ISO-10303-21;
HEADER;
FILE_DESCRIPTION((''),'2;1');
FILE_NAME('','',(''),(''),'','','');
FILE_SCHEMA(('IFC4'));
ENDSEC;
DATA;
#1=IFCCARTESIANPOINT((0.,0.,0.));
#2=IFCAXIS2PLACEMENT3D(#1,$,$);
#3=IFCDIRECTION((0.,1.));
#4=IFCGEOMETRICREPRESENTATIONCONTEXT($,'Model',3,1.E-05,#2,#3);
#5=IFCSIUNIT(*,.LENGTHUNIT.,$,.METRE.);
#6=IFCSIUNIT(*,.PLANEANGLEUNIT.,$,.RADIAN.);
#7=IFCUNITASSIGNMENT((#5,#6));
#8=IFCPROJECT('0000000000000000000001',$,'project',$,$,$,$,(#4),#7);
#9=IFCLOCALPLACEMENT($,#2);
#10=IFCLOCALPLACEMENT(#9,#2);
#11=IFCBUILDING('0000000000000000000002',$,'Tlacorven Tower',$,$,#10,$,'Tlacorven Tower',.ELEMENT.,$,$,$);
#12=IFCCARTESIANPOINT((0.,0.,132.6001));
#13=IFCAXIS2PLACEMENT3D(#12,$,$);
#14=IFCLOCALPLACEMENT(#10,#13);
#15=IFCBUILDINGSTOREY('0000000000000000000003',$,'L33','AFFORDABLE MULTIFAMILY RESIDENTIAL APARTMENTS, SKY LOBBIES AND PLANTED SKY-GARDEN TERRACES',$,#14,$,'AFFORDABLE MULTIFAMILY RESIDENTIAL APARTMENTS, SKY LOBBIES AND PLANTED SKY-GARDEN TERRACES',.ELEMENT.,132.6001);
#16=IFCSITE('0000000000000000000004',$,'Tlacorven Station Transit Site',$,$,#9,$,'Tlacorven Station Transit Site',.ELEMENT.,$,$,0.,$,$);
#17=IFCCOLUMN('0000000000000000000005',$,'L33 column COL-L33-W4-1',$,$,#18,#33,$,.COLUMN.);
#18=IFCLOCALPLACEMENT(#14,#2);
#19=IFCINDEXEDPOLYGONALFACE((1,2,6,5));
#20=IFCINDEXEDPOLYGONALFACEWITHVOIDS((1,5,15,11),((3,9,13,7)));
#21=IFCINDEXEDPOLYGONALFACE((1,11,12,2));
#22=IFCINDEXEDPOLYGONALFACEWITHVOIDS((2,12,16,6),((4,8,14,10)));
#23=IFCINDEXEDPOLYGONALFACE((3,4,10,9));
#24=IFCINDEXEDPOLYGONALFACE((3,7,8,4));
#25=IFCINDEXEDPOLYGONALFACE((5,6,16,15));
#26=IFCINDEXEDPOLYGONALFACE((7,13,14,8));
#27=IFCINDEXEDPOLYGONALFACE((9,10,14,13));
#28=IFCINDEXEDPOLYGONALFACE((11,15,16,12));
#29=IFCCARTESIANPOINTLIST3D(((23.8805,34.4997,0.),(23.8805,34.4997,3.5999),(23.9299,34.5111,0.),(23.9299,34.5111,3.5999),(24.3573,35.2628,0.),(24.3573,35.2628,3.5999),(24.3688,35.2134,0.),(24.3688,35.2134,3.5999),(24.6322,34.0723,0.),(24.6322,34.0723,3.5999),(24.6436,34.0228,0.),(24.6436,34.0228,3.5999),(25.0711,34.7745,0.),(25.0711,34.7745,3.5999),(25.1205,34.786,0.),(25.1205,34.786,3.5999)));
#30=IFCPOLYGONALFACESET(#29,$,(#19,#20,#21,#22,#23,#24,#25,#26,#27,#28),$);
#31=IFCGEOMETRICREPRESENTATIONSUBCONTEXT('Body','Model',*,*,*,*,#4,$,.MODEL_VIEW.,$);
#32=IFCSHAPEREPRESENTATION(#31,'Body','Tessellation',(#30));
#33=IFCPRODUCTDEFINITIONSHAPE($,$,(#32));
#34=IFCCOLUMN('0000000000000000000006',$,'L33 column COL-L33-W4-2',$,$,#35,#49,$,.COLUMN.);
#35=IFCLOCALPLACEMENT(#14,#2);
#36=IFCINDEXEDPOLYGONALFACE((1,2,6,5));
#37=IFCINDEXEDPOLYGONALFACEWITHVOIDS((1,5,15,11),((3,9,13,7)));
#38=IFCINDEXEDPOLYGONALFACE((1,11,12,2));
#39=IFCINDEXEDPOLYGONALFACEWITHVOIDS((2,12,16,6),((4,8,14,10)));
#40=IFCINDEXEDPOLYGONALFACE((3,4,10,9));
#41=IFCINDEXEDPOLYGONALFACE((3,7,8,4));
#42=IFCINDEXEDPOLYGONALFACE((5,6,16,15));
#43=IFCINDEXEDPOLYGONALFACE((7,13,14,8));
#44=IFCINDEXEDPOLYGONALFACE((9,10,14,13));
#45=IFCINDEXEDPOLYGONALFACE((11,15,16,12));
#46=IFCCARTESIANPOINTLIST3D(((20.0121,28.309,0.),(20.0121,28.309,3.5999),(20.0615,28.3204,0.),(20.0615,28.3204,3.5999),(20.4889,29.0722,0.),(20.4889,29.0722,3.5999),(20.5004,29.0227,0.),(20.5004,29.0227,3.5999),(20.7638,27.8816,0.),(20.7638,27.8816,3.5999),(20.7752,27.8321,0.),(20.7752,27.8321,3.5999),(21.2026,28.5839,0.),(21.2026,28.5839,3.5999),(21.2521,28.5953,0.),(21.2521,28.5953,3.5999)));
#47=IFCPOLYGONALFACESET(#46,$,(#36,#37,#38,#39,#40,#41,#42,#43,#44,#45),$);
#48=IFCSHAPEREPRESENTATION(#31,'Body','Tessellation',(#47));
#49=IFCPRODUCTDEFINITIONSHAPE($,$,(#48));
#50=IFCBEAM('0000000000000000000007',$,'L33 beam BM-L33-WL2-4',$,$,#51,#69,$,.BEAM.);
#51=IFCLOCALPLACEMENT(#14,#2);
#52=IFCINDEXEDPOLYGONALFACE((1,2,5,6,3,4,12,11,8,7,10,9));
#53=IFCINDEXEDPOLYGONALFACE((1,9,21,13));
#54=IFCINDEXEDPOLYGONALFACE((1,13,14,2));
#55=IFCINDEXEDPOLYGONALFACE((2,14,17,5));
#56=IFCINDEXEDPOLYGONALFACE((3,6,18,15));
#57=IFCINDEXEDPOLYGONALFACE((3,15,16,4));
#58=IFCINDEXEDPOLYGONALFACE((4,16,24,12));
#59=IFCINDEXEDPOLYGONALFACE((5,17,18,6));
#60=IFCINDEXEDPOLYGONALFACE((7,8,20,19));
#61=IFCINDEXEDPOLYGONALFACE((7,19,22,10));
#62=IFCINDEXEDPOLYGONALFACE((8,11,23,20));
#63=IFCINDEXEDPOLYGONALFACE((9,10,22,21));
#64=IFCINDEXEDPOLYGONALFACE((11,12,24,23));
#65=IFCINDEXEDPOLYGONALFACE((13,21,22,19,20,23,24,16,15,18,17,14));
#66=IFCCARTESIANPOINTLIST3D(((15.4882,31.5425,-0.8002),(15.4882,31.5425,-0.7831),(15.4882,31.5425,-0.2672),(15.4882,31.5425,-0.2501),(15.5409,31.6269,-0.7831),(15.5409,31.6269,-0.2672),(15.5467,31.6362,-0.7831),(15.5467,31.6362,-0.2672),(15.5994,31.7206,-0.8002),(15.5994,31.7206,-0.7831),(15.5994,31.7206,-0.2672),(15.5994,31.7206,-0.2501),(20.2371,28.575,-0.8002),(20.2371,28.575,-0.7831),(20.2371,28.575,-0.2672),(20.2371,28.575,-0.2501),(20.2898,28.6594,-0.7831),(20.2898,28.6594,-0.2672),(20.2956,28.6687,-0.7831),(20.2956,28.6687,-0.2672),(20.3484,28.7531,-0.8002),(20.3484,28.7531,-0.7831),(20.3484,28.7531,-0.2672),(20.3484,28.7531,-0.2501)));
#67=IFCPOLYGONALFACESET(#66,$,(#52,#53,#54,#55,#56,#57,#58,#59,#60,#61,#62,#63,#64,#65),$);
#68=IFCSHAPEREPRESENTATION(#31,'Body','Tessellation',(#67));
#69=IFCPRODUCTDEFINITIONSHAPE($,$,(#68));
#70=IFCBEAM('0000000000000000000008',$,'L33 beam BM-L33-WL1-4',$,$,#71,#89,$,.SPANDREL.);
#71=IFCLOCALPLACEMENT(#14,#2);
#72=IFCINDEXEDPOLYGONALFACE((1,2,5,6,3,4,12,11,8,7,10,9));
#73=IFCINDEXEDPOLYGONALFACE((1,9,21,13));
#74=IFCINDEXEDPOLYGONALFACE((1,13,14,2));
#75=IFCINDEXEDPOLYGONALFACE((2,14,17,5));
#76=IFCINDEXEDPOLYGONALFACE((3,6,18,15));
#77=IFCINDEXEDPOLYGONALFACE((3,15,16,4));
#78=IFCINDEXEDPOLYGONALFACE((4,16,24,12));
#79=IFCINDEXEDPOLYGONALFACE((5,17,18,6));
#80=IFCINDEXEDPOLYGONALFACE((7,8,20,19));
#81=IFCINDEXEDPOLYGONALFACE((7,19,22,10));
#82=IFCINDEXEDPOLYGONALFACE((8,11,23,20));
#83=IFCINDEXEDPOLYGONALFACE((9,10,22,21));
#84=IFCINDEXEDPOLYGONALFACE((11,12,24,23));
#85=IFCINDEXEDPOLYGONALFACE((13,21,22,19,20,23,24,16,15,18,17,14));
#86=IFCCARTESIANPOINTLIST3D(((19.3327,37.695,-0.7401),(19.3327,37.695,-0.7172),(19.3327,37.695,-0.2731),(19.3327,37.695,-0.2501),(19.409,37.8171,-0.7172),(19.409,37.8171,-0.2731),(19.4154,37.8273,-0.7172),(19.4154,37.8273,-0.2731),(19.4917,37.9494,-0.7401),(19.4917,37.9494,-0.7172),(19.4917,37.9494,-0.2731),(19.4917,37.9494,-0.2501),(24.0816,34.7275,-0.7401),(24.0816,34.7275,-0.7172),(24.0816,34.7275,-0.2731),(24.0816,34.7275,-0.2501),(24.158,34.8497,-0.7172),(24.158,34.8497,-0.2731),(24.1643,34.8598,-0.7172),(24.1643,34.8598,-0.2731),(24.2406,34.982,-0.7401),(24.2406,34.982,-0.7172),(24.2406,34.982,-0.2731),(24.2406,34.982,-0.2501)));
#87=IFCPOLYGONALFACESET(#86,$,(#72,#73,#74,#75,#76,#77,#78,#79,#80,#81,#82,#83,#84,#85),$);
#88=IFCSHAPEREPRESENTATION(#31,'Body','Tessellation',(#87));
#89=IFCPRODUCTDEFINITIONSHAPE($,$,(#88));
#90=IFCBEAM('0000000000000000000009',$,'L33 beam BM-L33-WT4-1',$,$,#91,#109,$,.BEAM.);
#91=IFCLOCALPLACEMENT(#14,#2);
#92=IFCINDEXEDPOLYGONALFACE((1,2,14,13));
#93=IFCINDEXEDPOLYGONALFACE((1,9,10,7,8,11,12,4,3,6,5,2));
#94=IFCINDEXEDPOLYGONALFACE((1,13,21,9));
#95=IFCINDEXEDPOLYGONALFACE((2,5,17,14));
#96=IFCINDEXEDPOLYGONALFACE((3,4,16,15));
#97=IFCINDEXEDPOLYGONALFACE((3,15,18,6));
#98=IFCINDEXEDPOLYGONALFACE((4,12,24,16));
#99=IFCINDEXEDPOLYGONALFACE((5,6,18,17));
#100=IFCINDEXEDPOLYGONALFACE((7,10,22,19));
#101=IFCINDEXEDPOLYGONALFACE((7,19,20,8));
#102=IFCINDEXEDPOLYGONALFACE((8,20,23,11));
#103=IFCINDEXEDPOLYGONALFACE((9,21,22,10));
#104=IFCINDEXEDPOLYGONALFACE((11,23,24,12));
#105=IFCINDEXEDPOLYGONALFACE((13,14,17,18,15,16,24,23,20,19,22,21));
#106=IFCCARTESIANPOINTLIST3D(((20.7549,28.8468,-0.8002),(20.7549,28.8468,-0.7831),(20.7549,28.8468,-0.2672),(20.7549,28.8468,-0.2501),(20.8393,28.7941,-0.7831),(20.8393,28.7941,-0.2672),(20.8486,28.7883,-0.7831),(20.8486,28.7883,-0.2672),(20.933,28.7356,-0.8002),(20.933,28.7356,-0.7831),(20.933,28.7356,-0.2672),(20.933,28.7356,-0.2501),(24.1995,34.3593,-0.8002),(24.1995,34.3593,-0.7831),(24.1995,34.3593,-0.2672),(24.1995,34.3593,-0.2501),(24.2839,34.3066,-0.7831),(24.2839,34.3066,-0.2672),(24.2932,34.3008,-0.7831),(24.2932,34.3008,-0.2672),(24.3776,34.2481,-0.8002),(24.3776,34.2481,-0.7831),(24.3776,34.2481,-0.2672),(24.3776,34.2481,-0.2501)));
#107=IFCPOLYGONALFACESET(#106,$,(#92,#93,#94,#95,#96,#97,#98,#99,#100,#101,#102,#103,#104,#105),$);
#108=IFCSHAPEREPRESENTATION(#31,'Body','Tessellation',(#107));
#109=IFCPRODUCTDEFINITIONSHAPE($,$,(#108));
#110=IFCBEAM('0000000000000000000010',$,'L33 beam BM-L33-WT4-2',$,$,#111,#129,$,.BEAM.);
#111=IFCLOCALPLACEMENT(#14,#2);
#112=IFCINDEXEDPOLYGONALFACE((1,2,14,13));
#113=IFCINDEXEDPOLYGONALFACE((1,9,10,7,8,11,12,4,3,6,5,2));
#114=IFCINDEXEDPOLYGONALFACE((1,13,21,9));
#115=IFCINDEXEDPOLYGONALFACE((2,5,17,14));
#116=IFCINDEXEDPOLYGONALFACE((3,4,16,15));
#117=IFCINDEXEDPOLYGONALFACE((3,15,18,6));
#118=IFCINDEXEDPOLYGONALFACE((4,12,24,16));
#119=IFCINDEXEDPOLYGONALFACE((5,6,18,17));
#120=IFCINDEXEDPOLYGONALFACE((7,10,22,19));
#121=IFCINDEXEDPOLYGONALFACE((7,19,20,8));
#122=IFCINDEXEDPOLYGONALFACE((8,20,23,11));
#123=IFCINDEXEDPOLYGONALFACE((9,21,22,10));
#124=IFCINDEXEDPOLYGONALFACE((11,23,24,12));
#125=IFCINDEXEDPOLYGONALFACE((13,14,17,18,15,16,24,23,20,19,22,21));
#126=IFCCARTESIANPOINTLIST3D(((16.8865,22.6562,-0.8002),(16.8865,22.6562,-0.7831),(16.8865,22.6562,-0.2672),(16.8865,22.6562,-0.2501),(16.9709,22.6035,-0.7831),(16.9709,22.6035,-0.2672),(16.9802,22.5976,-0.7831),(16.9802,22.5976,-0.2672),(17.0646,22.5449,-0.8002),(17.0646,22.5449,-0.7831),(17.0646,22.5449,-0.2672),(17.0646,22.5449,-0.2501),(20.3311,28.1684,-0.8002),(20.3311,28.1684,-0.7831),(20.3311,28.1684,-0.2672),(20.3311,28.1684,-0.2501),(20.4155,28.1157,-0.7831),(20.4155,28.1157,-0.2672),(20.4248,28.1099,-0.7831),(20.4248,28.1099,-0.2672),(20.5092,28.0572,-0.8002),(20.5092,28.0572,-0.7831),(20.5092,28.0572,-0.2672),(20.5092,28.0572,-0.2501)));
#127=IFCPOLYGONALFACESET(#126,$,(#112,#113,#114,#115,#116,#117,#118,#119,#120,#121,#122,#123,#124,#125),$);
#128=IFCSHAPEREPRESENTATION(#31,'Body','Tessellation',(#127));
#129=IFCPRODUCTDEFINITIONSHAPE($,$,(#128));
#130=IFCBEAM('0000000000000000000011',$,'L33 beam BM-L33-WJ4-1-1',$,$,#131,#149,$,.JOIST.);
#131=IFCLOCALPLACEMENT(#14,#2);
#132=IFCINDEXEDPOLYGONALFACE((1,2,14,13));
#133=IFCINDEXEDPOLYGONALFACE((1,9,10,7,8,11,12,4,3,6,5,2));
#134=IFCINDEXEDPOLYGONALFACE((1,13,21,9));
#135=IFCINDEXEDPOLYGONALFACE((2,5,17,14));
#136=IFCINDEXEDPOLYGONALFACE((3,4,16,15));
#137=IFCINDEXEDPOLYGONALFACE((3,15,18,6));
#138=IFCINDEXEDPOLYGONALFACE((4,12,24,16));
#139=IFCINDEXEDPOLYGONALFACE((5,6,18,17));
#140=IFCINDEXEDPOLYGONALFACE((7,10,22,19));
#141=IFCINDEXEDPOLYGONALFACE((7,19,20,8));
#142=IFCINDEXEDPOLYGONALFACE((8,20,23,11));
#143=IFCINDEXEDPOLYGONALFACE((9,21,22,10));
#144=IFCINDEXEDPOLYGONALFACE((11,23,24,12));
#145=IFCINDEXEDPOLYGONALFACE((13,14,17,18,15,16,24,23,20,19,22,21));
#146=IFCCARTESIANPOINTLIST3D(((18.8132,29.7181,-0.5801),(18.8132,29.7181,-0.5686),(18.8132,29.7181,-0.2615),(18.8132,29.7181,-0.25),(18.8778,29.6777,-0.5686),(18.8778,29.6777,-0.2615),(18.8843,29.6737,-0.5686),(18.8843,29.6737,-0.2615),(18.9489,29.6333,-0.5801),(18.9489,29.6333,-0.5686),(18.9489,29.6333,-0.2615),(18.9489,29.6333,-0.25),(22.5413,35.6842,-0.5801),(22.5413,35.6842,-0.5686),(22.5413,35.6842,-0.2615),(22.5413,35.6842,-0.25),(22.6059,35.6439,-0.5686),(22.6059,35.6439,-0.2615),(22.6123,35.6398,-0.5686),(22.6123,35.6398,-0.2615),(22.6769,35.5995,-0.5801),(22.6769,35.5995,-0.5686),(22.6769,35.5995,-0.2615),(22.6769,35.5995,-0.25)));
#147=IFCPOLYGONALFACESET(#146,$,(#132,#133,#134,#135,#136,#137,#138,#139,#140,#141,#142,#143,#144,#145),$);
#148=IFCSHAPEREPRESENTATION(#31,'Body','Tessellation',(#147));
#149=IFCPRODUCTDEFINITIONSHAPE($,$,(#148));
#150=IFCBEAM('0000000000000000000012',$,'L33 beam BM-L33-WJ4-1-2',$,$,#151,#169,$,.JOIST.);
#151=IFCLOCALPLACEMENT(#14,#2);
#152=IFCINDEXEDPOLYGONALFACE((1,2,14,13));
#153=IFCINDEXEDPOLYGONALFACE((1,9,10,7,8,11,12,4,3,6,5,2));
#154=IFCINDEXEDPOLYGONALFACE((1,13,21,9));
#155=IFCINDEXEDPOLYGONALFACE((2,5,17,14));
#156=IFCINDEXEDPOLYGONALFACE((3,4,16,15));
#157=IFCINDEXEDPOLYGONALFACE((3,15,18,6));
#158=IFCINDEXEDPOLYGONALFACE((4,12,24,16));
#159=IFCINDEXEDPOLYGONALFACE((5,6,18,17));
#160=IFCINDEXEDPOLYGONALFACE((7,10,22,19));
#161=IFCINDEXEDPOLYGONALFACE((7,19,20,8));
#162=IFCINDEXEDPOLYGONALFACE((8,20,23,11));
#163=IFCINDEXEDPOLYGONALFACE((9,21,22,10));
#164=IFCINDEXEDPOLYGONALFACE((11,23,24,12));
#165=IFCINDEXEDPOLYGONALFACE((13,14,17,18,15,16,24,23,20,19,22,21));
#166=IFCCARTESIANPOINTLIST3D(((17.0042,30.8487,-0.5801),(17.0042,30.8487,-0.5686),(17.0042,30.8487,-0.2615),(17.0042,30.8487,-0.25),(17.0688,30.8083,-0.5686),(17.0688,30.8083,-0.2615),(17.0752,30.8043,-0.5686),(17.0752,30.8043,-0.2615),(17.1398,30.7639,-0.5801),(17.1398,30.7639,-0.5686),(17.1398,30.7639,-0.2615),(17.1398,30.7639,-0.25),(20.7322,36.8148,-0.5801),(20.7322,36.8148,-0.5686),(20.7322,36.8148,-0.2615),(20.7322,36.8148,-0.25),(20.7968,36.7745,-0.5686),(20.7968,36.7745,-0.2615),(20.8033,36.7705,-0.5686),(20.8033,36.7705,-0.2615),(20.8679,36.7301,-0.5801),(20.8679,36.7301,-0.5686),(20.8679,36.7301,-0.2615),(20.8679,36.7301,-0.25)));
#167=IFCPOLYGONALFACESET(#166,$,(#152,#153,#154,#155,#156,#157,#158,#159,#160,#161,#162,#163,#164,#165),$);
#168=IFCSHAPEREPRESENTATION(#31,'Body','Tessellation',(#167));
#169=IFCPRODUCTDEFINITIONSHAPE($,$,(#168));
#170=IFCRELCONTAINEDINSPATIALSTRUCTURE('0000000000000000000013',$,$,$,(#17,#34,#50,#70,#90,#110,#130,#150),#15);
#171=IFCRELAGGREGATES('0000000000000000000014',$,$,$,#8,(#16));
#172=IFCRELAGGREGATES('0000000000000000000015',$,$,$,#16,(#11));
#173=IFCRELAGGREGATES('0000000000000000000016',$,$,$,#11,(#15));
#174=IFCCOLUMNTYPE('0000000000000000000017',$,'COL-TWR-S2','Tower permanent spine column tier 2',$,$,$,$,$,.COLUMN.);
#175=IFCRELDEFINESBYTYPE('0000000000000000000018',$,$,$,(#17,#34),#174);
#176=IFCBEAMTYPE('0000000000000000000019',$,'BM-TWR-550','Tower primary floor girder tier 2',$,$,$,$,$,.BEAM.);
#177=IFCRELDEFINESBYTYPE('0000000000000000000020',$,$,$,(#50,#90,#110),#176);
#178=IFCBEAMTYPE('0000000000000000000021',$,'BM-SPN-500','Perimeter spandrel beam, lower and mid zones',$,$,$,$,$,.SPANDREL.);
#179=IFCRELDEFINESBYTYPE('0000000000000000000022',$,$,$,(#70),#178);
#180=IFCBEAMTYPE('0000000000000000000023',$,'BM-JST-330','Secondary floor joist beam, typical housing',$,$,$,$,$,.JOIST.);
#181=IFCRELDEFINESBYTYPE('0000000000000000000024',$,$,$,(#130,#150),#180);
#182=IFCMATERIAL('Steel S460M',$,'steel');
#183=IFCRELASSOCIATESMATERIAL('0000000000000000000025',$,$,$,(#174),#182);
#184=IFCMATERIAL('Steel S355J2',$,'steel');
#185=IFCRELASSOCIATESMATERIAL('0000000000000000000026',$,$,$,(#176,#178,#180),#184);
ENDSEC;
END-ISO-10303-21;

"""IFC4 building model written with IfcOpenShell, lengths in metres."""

from ifc_helpers import new_model, si_unit, direction, frame, origin, origin_2d, place, context, subcontext, project, spatial, hollow_rectangle, i_section, extrude, source, transform, mapped, material, material_profile, profile_set, type_object, element, save


model = new_model("IFC4")

# Units and contexts
model_context = context("Model", 3, precision=1e-05, world=origin(), true_north=direction((0.0, 1.0)))
body_context = subcontext(model_context, "Body", "Model", "MODEL_VIEW")
ifc_project = project(units=[si_unit("LENGTHUNIT", "METRE"), si_unit("PLANEANGLEUNIT", "RADIAN")], contexts=[model_context])

# Site, building, storey
site_placement = place(None, origin())
site = spatial("IfcSite", under=ifc_project, at=site_placement, Name="Tlacorven Station Transit Site", LongName="Tlacorven Station Transit Site", CompositionType="ELEMENT", RefElevation=0.0)
building_placement = place(site_placement, origin())
building = spatial("IfcBuilding", under=site, at=building_placement, Name="Tlacorven Tower", LongName="Tlacorven Tower", CompositionType="ELEMENT")
storey_placement = place(building_placement, frame((0.0, 0.0, 132.6001)))
storey = spatial("IfcBuildingStorey", under=building, at=storey_placement, Name="L33", Description="AFFORDABLE MULTIFAMILY RESIDENTIAL APARTMENTS, SKY LOBBIES AND PLANTED SKY-GARDEN TERRACES", LongName="AFFORDABLE MULTIFAMILY RESIDENTIAL APARTMENTS, SKY LOBBIES AND PLANTED SKY-GARDEN TERRACES", CompositionType="ELEMENT", Elevation=132.6001)

# Columns
ifc_material_1 = material(Name="Steel S460M", Category="steel")
ifc_material_profile_1 = material_profile(ifc_material_1, hollow_rectangle(XDim=0.8999, YDim=0.8999, WallThickness=0.0359, at=origin_2d()), Name="BOX 900X900X36")
ifc_profile_set_1 = profile_set([ifc_material_profile_1], Name="Steel S460M")
column_type = type_object("IfcColumnType", Name="COL-TWR-S2", Description="Tower permanent spine column tier 2", PredefinedType="COLUMN", material=ifc_profile_set_1)
shared_shape_1 = source(origin(), body_context, "Body", "SweptSolid", [
    extrude(hollow_rectangle(XDim=0.8999, YDim=0.8999, WallThickness=0.0359, at=origin_2d()), origin(), (0.0, 0.0, 1.0), 3.5999),
])
for number, where, z_axis, x_axis, name in (
    (1, (24.5005, 34.6428, 0.0), (0.0, 0.0, 1.0), (-0.848048, 0.529919, 0.0), "L33 column COL-L33-W4-1"),
    (2, (20.6321, 28.4521, 0.0), (0.0, 0.0, 1.0), (-0.848048, 0.529919, 0.0), "L33 column COL-L33-W4-2"),
):
    element("IfcColumn", number, at=place(storey_placement, frame(where, z_axis=z_axis, x_axis=x_axis)), inside=storey, type_object=column_type, Name=name, PredefinedType="COLUMN", context=body_context, shape_type="MappedRepresentation", body=[
        mapped(shared_shape_1, transform((0.0, 0.0, 0.0), scale=1.0)),
    ])

# Beams
ifc_material_2 = material(Name="Steel S355J2", Category="steel")
ifc_material_profile_2 = material_profile(ifc_material_2, i_section(OverallWidth=0.21, OverallDepth=0.55, WebThickness=0.011, FlangeThickness=0.0171, at=origin_2d()), Name="IPE 550")
ifc_profile_set_2 = profile_set([ifc_material_profile_2], Name="Steel S355J2")
beam_type_1 = type_object("IfcBeamType", Name="BM-TWR-550", Description="Tower primary floor girder tier 2", PredefinedType="BEAM", material=ifc_profile_set_2)
shared_shape_2 = source(origin(), body_context, "Body", "SweptSolid", [
    extrude(i_section(OverallWidth=0.21, OverallDepth=0.55, WebThickness=0.011, FlangeThickness=0.0171, at=origin_2d()), origin(), (0.0, 0.0, 1.0), 5.5999),
])
beam_1_placement = place(storey_placement, frame((20.2927, 28.6641, -0.5251), z_axis=(-0.848047, 0.529921, 0.0), x_axis=(-0.529921, -0.848047, 0.0)))
element("IfcBeam", 3, at=beam_1_placement, inside=storey, type_object=beam_type_1, Name="L33 beam BM-L33-WL2-4", PredefinedType="BEAM", context=body_context, shape_type="MappedRepresentation", body=[
    mapped(shared_shape_2, transform((0.0, 0.0, 0.0), scale=1.0)),
])
ifc_material_profile_3 = material_profile(ifc_material_2, i_section(OverallWidth=0.3, OverallDepth=0.49, WebThickness=0.012, FlangeThickness=0.0229, at=origin_2d()), Name="HEA 500")
ifc_profile_set_3 = profile_set([ifc_material_profile_3], Name="Steel S355J2")
beam_type_2 = type_object("IfcBeamType", Name="BM-SPN-500", Description="Perimeter spandrel beam, lower and mid zones", PredefinedType="SPANDREL", material=ifc_profile_set_3)
shared_shape_3 = source(origin(), body_context, "Body", "SweptSolid", [
    extrude(i_section(OverallWidth=0.3, OverallDepth=0.49, WebThickness=0.012, FlangeThickness=0.0229, at=origin_2d()), origin(), (0.0, 0.0, 1.0), 5.5999),
])
beam_2_placement = place(storey_placement, frame((24.1611, 34.8547, -0.4951), z_axis=(-0.848047, 0.529921, 0.0), x_axis=(-0.529921, -0.848047, 0.0)))
element("IfcBeam", 4, at=beam_2_placement, inside=storey, type_object=beam_type_2, Name="L33 beam BM-L33-WL1-4", PredefinedType="SPANDREL", context=body_context, shape_type="MappedRepresentation", body=[
    mapped(shared_shape_3, transform((0.0, 0.0, 0.0), scale=1.0)),
])
shared_shape_4 = source(origin(), body_context, "Body", "SweptSolid", [
    extrude(i_section(OverallWidth=0.21, OverallDepth=0.55, WebThickness=0.011, FlangeThickness=0.0171, at=origin_2d()), origin(), (0.0, 0.0, 1.0), 6.5002),
])
beam_3_placement = place(storey_placement, frame((24.2886, 34.3037, -0.5251), z_axis=(-0.529921, -0.848047, 0.0), x_axis=(0.848047, -0.529921, 0.0)))
element("IfcBeam", 5, at=beam_3_placement, inside=storey, type_object=beam_type_1, Name="L33 beam BM-L33-WT4-1", PredefinedType="BEAM", context=body_context, shape_type="MappedRepresentation", body=[
    mapped(shared_shape_4, transform((0.0, 0.0, 0.0), scale=1.0)),
])
shared_shape_5 = source(origin(), body_context, "Body", "SweptSolid", [
    extrude(i_section(OverallWidth=0.21, OverallDepth=0.55, WebThickness=0.011, FlangeThickness=0.0171, at=origin_2d()), origin(), (0.0, 0.0, 1.0), 6.5),
])
beam_4_placement = place(storey_placement, frame((20.4202, 28.1128, -0.5251), z_axis=(-0.529938, -0.848036, 0.0), x_axis=(0.848036, -0.529938, 0.0)))
element("IfcBeam", 6, at=beam_4_placement, inside=storey, type_object=beam_type_1, Name="L33 beam BM-L33-WT4-2", PredefinedType="BEAM", context=body_context, shape_type="MappedRepresentation", body=[
    mapped(shared_shape_5, transform((0.0, 0.0, 0.0), scale=1.0)),
])
ifc_material_profile_4 = material_profile(ifc_material_2, i_section(OverallWidth=0.1599, OverallDepth=0.3301, WebThickness=0.0076, FlangeThickness=0.0115, at=origin_2d()), Name="IPE 330")
ifc_profile_set_4 = profile_set([ifc_material_profile_4], Name="Steel S355J2")
beam_type_3 = type_object("IfcBeamType", Name="BM-JST-330", Description="Secondary floor joist beam, typical housing", PredefinedType="JOIST", material=ifc_profile_set_4)
shared_shape_6 = source(origin(), body_context, "Body", "SweptSolid", [
    extrude(i_section(OverallWidth=0.1599, OverallDepth=0.3301, WebThickness=0.0076, FlangeThickness=0.0115, at=origin_2d()), origin(), (0.0, 0.0, 1.0), 7.0352),
])
for number, where, z_axis, x_axis, name in (
    (7, (22.6091, 35.6418, -0.415), (-0.529921, -0.848047, 0.0), (0.848047, -0.529921, 0.0), "L33 beam BM-L33-WJ4-1-1"),
    (8, (20.8, 36.7725, -0.415), (-0.529921, -0.848047, 0.0), (0.848047, -0.529921, 0.0), "L33 beam BM-L33-WJ4-1-2"),
):
    element("IfcBeam", number, at=place(storey_placement, frame(where, z_axis=z_axis, x_axis=x_axis)), inside=storey, type_object=beam_type_3, Name=name, PredefinedType="JOIST", context=body_context, shape_type="MappedRepresentation", body=[
        mapped(shared_shape_6, transform((0.0, 0.0, 0.0), scale=1.0)),
    ])

save(model, "model.ifc")
